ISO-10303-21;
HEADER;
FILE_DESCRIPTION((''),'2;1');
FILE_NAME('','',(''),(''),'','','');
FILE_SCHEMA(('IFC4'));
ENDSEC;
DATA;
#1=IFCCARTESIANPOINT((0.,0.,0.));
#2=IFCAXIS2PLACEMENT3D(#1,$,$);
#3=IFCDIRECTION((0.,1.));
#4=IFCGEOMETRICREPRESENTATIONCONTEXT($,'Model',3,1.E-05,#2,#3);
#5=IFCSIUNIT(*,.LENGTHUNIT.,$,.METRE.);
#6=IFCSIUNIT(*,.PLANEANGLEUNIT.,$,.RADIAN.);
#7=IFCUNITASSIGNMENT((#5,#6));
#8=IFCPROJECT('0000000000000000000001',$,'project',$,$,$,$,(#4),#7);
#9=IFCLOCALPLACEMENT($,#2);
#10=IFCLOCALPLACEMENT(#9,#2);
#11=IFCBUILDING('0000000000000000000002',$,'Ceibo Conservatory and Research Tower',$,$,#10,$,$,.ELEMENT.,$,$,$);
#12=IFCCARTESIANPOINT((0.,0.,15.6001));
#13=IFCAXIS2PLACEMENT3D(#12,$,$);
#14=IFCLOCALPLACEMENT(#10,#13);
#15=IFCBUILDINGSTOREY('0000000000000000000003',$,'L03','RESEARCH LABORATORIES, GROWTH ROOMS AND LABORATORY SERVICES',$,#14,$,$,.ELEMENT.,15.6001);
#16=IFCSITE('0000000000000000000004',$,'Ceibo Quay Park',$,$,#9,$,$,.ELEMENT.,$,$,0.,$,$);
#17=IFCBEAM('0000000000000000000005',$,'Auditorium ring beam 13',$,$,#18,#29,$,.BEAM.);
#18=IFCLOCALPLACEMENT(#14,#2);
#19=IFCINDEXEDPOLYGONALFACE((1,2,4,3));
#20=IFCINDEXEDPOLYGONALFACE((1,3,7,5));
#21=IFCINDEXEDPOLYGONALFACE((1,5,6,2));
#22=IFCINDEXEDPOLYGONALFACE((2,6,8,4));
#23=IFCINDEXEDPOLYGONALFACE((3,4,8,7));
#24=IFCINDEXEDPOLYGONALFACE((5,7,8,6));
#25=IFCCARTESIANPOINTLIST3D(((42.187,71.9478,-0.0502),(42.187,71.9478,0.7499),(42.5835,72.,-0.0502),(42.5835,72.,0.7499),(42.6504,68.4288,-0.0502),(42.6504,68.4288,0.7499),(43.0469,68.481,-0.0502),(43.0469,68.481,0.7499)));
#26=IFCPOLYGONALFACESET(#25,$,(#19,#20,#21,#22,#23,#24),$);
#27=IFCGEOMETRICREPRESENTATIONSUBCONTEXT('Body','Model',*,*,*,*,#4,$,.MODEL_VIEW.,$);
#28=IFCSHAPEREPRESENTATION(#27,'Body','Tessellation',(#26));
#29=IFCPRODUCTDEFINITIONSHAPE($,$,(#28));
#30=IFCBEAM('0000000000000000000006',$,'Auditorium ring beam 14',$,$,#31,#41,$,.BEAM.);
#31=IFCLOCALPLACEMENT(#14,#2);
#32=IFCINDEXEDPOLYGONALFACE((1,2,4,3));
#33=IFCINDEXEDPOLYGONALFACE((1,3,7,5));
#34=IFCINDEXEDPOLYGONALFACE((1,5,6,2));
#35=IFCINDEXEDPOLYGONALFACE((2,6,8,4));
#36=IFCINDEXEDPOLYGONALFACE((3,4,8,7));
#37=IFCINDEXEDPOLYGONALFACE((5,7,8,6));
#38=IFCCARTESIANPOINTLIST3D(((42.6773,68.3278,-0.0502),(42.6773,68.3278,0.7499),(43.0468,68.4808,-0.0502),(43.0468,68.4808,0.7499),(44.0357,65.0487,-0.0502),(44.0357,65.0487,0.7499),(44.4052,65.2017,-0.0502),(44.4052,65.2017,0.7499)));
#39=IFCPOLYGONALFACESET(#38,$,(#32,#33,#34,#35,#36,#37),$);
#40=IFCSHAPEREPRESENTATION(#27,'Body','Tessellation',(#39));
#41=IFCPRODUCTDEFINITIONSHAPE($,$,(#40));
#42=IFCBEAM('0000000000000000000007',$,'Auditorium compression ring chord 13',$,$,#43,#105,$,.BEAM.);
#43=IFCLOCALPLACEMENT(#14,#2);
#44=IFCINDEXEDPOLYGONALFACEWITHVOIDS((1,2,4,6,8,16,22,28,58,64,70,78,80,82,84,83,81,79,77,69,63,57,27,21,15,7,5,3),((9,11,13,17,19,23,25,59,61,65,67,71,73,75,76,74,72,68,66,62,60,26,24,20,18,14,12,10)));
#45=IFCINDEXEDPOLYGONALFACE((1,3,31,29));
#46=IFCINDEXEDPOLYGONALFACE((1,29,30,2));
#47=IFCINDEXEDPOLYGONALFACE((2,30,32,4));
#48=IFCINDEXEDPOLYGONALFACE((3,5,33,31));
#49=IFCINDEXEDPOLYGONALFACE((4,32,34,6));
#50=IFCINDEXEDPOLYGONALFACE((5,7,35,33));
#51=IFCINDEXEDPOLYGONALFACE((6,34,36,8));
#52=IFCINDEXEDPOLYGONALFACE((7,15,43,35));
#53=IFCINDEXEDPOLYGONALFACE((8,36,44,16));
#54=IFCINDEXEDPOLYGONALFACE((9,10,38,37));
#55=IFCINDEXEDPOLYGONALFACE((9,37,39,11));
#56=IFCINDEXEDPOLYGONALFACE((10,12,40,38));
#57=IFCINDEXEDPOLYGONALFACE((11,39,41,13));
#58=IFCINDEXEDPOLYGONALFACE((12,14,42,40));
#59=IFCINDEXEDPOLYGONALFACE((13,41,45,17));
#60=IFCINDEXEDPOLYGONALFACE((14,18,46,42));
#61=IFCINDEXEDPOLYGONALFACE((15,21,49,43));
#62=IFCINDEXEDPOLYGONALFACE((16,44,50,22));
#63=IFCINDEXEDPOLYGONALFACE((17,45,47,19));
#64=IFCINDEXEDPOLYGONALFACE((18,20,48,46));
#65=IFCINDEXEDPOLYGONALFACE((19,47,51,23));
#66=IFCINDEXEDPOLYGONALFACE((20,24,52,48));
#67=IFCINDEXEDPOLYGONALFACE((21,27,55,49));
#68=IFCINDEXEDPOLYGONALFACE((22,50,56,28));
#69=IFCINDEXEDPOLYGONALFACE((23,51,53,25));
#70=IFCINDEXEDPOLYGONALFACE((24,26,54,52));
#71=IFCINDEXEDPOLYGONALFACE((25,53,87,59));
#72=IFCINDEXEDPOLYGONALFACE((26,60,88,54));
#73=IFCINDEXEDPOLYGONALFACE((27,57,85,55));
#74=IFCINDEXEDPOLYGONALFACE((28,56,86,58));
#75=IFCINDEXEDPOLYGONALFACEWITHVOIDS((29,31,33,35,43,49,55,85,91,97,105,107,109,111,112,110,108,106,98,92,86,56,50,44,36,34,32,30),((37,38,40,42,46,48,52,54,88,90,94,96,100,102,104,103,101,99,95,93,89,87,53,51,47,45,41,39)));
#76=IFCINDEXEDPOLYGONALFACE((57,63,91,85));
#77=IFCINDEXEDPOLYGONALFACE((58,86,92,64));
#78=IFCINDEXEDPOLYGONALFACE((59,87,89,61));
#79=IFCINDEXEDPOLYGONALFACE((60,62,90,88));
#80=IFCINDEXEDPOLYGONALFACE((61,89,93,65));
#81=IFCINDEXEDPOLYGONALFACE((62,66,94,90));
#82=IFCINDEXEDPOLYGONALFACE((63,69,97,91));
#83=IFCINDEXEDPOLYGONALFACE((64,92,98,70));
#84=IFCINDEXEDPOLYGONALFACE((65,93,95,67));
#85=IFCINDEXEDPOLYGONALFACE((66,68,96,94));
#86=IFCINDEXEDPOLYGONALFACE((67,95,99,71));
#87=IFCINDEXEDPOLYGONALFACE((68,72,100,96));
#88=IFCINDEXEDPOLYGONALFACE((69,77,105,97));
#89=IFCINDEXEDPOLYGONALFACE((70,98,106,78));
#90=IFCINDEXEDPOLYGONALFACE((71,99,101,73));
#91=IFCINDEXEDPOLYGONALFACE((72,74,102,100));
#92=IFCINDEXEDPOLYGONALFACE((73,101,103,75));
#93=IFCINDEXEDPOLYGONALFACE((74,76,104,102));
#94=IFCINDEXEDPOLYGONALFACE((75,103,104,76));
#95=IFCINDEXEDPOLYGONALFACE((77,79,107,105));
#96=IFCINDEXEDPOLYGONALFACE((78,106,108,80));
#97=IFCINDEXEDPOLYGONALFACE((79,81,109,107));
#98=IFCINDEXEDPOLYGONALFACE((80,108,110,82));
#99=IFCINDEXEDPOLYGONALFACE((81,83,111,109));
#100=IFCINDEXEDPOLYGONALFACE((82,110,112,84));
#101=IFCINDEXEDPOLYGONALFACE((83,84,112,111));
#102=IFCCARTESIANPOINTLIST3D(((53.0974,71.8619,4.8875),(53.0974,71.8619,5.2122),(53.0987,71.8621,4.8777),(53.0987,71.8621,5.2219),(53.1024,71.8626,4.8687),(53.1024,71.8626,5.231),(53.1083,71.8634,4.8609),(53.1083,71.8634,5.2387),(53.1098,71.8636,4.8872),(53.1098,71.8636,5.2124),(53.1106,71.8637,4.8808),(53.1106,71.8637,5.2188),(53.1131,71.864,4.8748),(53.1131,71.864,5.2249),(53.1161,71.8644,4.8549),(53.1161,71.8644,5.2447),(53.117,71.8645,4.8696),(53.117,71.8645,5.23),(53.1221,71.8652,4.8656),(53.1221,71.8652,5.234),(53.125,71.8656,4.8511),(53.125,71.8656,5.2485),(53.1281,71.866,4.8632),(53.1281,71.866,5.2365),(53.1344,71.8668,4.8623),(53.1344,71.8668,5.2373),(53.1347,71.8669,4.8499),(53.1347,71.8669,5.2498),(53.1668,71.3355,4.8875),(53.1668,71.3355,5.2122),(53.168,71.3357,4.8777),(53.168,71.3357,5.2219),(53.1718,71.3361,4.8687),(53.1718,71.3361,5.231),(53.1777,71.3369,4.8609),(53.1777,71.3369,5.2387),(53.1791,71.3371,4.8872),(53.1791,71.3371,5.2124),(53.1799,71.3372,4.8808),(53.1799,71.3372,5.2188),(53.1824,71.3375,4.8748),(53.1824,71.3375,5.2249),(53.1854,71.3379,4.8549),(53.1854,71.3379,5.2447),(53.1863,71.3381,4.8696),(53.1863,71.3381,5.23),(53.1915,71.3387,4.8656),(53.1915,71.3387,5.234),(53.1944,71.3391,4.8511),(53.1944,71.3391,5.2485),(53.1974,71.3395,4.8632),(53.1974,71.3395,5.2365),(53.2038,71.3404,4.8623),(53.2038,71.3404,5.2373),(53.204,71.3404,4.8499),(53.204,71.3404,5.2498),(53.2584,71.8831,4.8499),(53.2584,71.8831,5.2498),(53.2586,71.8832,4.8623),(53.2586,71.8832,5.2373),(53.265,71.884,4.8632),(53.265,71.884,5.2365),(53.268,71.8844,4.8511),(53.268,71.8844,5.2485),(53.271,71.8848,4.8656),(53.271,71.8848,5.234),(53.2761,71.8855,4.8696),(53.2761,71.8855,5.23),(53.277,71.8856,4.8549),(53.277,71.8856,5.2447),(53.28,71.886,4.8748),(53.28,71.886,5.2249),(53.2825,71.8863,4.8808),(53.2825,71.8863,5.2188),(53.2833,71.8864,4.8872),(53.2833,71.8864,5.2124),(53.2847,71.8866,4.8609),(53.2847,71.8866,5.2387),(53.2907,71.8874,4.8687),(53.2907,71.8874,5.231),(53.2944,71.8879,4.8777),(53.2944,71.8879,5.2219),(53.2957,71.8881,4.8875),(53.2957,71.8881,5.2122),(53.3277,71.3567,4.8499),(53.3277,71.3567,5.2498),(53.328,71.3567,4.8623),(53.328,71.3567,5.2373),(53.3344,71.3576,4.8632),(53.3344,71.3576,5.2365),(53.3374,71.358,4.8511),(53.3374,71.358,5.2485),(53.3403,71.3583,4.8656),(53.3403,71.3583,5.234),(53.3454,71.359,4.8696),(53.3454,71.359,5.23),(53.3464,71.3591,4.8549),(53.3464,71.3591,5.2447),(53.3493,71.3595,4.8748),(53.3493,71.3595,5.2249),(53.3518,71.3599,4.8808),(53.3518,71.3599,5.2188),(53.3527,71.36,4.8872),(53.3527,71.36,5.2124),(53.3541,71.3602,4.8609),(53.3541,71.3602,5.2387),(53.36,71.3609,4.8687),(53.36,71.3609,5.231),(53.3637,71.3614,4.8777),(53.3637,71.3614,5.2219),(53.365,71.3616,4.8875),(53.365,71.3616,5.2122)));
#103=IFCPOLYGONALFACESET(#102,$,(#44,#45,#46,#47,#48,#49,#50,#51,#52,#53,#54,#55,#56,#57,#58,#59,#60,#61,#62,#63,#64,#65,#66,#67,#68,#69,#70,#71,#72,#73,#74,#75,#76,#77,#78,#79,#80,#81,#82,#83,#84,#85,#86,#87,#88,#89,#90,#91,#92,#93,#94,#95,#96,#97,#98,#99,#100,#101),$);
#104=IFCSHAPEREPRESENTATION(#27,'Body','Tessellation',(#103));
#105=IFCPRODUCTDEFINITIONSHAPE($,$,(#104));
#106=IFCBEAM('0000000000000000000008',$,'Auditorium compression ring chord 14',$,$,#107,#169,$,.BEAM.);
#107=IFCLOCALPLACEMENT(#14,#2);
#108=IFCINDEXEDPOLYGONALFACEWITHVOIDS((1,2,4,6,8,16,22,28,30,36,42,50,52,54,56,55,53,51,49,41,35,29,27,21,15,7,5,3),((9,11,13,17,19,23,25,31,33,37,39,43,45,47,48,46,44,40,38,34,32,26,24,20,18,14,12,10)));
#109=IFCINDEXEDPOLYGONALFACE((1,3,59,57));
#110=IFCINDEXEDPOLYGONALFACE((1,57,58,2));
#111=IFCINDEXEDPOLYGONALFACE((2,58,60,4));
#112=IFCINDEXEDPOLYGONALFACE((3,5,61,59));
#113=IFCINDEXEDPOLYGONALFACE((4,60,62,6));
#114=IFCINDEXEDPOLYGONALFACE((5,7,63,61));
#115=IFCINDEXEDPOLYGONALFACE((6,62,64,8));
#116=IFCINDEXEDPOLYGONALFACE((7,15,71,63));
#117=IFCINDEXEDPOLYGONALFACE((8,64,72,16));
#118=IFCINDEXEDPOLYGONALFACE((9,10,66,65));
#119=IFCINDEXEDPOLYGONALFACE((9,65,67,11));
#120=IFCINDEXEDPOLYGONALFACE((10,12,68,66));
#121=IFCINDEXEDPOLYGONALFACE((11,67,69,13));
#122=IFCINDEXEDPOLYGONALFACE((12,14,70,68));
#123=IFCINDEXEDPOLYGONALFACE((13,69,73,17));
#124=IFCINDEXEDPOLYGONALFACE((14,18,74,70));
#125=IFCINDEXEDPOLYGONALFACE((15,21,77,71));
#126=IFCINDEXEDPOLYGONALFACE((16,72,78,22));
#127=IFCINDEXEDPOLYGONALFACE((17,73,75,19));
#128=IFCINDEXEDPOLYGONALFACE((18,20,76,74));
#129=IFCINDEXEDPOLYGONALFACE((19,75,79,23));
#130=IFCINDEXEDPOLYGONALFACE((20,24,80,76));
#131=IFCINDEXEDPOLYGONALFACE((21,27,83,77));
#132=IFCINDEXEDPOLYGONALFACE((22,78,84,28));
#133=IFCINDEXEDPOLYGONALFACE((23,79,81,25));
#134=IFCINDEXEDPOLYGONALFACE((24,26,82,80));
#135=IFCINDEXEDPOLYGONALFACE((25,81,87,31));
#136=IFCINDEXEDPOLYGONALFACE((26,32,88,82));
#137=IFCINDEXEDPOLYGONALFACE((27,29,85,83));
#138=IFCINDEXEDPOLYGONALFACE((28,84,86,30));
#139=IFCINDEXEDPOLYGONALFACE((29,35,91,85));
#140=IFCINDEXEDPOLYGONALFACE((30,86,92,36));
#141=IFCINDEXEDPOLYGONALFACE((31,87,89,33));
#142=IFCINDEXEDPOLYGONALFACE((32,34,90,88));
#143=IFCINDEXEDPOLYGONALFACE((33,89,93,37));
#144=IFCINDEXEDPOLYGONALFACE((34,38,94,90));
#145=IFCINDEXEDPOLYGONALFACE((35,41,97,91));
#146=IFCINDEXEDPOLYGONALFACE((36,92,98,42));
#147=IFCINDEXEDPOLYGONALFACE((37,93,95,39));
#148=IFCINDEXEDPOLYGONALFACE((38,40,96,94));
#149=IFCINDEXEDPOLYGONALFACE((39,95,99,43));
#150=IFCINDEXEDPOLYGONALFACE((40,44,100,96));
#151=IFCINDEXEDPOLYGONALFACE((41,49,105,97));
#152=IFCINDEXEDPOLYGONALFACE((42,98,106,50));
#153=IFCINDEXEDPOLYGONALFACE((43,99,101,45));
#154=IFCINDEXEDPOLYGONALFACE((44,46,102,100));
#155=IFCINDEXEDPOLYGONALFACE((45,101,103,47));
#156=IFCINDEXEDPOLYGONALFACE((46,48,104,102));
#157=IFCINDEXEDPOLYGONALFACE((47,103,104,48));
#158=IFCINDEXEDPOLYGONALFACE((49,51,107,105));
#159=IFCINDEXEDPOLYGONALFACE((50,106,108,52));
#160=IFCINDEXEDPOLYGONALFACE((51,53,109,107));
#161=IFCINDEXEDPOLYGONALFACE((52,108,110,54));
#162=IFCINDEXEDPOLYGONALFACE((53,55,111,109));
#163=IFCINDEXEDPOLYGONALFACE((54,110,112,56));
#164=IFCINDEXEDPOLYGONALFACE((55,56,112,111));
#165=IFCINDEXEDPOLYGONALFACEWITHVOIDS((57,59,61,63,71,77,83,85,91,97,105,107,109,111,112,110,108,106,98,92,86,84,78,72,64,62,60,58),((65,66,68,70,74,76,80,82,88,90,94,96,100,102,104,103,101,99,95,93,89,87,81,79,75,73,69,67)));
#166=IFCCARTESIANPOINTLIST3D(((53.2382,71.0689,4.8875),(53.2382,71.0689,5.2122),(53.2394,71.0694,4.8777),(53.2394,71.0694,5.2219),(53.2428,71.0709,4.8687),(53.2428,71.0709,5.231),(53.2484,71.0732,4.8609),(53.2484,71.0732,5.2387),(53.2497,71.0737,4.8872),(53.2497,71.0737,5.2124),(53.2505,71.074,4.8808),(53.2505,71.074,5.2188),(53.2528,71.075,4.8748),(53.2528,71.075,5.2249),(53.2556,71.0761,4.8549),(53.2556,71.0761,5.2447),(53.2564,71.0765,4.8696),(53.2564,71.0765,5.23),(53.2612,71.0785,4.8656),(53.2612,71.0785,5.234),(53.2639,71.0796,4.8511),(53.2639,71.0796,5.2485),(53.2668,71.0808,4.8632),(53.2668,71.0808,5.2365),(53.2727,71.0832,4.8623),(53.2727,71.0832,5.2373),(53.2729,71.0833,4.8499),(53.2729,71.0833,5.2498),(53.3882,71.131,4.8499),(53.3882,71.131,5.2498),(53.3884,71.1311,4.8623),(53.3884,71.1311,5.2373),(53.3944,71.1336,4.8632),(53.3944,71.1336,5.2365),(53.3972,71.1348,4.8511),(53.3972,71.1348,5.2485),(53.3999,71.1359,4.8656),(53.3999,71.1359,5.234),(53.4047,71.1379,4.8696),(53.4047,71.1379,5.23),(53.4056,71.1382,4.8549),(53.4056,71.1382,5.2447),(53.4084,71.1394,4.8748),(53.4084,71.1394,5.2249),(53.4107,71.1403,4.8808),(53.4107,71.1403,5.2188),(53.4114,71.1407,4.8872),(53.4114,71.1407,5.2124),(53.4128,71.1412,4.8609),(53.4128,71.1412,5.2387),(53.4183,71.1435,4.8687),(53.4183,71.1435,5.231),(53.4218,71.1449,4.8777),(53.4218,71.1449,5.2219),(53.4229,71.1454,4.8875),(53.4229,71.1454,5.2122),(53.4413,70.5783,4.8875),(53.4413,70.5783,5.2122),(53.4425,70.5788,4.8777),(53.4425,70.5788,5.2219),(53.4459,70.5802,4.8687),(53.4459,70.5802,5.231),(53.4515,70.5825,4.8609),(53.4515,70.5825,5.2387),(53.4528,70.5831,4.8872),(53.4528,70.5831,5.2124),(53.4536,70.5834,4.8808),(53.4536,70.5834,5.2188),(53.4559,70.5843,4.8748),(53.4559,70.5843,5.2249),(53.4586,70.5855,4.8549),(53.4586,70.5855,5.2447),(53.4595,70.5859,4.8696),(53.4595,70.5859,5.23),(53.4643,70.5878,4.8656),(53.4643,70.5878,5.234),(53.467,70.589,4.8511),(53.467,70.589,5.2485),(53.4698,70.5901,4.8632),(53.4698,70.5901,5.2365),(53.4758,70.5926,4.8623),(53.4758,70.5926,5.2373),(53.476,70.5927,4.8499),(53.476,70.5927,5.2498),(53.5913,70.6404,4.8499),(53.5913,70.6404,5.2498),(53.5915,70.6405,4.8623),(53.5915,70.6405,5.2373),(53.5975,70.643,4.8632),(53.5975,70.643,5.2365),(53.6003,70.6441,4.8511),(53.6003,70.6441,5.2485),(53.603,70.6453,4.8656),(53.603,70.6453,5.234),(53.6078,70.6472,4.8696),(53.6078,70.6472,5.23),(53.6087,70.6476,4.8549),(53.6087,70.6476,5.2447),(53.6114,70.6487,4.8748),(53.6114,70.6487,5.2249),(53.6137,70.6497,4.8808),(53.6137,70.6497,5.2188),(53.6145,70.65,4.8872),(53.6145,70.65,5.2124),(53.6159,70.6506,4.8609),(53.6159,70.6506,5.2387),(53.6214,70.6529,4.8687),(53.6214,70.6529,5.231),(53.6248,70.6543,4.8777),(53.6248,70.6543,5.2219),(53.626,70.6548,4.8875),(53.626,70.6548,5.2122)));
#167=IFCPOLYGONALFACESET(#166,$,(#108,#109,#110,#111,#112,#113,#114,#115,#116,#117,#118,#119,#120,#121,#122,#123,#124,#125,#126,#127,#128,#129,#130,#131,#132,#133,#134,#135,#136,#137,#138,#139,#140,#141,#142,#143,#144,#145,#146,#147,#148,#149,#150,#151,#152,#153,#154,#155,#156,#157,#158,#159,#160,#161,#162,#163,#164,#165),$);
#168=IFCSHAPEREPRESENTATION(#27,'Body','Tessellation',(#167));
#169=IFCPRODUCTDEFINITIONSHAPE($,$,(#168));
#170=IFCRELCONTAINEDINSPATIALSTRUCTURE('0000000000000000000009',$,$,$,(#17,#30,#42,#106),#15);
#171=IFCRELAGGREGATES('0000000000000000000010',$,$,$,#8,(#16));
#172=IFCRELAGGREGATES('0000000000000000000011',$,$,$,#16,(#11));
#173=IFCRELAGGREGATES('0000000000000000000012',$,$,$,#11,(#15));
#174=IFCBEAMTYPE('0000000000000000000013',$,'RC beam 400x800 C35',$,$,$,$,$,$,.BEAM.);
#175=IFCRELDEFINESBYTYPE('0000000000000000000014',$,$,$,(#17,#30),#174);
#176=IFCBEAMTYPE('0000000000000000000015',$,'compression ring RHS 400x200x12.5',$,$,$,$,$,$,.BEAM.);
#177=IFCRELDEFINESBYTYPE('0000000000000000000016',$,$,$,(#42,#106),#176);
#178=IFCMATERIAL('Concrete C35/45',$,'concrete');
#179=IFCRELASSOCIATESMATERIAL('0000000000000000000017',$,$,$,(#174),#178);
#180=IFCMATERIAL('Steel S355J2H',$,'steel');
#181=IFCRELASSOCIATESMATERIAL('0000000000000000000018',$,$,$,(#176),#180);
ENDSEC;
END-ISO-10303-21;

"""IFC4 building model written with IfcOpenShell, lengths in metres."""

from ifc_helpers import new_model, si_unit, direction, frame, origin, origin_2d, place, context, subcontext, project, spatial, rectangle, hollow_rectangle, extrude, material, material_profile, profile_set, type_object, element, save


model = new_model("IFC4")

# Units and contexts
model_context = context("Model", 3, precision=1e-05, world=origin(), true_north=direction((0.0, 1.0)))
body_context = subcontext(model_context, "Body", "Model", "MODEL_VIEW")
ifc_project = project(units=[si_unit("LENGTHUNIT", "METRE"), si_unit("PLANEANGLEUNIT", "RADIAN")], contexts=[model_context])

# Site, building, storey
site_placement = place(None, origin())
site = spatial("IfcSite", under=ifc_project, at=site_placement, Name="Ceibo Quay Park", CompositionType="ELEMENT", RefElevation=0.0)
building_placement = place(site_placement, origin())
building = spatial("IfcBuilding", under=site, at=building_placement, Name="Ceibo Conservatory and Research Tower", CompositionType="ELEMENT")
storey_placement = place(building_placement, frame((0.0, 0.0, 15.6001)))
storey = spatial("IfcBuildingStorey", under=building, at=storey_placement, Name="L03", Description="RESEARCH LABORATORIES, GROWTH ROOMS AND LABORATORY SERVICES", CompositionType="ELEMENT", Elevation=15.6001)

# Beams
ifc_material_1 = material(Name="Concrete C35/45", Category="concrete")
ifc_material_profile_1 = material_profile(ifc_material_1, rectangle(XDim=0.3999, YDim=0.8, at=origin_2d()), Name="RC 400x800")
ifc_profile_set_1 = profile_set([ifc_material_profile_1], Name="Concrete C35/45")
beam_type_1 = type_object("IfcBeamType", Name="RC beam 400x800 C35", PredefinedType="BEAM", material=ifc_profile_set_1)
for number, where, z_axis, x_axis, name in (
    (1, (42.3853, 71.9739, 0.3499), (0.130551, -0.991442, 0.0), (0.991442, 0.130551, 0.0), "Auditorium ring beam 13"),
    (2, (42.8621, 68.4043, 0.3499), (0.382724, -0.923863, 0.0), (0.923863, 0.382724, 0.0), "Auditorium ring beam 14"),
):
    element("IfcBeam", number, at=place(storey_placement, frame(where, z_axis=z_axis, x_axis=x_axis)), inside=storey, type_object=beam_type_1, Name=name, PredefinedType="BEAM", context=body_context, shape_type="SweptSolid", body=[
        extrude(rectangle(XDim=0.3999, YDim=0.8, at=origin_2d()), origin(), (0.0, 0.0, 1.0), 3.5493),
    ])
ifc_material_2 = material(Name="Steel S355J2H", Category="steel")
ifc_material_profile_2 = material_profile(ifc_material_2, hollow_rectangle(XDim=0.2, YDim=0.3999, WallThickness=0.0125, InnerFilletRadius=0.0249, OuterFilletRadius=0.0376, at=origin_2d()), Name="RHS 400x200x12.5")
ifc_profile_set_2 = profile_set([ifc_material_profile_2], Name="Steel S355J2H")
beam_type_2 = type_object("IfcBeamType", Name="compression ring RHS 400x200x12.5", PredefinedType="BEAM", material=ifc_profile_set_2)
for number, where, z_axis, x_axis, name in (
    (3, (53.1965, 71.875, 5.0498), (0.130597, -0.991436, 0.0), (0.991436, 0.130597, 0.0), "Auditorium compression ring chord 13"),
    (4, (53.3306, 71.1072, 5.0498), (0.38246, -0.923972, 0.0), (0.923972, 0.38246, 0.0), "Auditorium compression ring chord 14"),
):
    element("IfcBeam", number, at=place(storey_placement, frame(where, z_axis=z_axis, x_axis=x_axis)), inside=storey, type_object=beam_type_2, Name=name, PredefinedType="BEAM", context=body_context, shape_type="SweptSolid", body=[
        extrude(hollow_rectangle(XDim=0.2, YDim=0.3999, WallThickness=0.0125, InnerFilletRadius=0.0249, OuterFilletRadius=0.0376, at=origin_2d()), origin(), (0.0, 0.0, 1.0), 0.531),
    ])

save(model, "model.ifc")
